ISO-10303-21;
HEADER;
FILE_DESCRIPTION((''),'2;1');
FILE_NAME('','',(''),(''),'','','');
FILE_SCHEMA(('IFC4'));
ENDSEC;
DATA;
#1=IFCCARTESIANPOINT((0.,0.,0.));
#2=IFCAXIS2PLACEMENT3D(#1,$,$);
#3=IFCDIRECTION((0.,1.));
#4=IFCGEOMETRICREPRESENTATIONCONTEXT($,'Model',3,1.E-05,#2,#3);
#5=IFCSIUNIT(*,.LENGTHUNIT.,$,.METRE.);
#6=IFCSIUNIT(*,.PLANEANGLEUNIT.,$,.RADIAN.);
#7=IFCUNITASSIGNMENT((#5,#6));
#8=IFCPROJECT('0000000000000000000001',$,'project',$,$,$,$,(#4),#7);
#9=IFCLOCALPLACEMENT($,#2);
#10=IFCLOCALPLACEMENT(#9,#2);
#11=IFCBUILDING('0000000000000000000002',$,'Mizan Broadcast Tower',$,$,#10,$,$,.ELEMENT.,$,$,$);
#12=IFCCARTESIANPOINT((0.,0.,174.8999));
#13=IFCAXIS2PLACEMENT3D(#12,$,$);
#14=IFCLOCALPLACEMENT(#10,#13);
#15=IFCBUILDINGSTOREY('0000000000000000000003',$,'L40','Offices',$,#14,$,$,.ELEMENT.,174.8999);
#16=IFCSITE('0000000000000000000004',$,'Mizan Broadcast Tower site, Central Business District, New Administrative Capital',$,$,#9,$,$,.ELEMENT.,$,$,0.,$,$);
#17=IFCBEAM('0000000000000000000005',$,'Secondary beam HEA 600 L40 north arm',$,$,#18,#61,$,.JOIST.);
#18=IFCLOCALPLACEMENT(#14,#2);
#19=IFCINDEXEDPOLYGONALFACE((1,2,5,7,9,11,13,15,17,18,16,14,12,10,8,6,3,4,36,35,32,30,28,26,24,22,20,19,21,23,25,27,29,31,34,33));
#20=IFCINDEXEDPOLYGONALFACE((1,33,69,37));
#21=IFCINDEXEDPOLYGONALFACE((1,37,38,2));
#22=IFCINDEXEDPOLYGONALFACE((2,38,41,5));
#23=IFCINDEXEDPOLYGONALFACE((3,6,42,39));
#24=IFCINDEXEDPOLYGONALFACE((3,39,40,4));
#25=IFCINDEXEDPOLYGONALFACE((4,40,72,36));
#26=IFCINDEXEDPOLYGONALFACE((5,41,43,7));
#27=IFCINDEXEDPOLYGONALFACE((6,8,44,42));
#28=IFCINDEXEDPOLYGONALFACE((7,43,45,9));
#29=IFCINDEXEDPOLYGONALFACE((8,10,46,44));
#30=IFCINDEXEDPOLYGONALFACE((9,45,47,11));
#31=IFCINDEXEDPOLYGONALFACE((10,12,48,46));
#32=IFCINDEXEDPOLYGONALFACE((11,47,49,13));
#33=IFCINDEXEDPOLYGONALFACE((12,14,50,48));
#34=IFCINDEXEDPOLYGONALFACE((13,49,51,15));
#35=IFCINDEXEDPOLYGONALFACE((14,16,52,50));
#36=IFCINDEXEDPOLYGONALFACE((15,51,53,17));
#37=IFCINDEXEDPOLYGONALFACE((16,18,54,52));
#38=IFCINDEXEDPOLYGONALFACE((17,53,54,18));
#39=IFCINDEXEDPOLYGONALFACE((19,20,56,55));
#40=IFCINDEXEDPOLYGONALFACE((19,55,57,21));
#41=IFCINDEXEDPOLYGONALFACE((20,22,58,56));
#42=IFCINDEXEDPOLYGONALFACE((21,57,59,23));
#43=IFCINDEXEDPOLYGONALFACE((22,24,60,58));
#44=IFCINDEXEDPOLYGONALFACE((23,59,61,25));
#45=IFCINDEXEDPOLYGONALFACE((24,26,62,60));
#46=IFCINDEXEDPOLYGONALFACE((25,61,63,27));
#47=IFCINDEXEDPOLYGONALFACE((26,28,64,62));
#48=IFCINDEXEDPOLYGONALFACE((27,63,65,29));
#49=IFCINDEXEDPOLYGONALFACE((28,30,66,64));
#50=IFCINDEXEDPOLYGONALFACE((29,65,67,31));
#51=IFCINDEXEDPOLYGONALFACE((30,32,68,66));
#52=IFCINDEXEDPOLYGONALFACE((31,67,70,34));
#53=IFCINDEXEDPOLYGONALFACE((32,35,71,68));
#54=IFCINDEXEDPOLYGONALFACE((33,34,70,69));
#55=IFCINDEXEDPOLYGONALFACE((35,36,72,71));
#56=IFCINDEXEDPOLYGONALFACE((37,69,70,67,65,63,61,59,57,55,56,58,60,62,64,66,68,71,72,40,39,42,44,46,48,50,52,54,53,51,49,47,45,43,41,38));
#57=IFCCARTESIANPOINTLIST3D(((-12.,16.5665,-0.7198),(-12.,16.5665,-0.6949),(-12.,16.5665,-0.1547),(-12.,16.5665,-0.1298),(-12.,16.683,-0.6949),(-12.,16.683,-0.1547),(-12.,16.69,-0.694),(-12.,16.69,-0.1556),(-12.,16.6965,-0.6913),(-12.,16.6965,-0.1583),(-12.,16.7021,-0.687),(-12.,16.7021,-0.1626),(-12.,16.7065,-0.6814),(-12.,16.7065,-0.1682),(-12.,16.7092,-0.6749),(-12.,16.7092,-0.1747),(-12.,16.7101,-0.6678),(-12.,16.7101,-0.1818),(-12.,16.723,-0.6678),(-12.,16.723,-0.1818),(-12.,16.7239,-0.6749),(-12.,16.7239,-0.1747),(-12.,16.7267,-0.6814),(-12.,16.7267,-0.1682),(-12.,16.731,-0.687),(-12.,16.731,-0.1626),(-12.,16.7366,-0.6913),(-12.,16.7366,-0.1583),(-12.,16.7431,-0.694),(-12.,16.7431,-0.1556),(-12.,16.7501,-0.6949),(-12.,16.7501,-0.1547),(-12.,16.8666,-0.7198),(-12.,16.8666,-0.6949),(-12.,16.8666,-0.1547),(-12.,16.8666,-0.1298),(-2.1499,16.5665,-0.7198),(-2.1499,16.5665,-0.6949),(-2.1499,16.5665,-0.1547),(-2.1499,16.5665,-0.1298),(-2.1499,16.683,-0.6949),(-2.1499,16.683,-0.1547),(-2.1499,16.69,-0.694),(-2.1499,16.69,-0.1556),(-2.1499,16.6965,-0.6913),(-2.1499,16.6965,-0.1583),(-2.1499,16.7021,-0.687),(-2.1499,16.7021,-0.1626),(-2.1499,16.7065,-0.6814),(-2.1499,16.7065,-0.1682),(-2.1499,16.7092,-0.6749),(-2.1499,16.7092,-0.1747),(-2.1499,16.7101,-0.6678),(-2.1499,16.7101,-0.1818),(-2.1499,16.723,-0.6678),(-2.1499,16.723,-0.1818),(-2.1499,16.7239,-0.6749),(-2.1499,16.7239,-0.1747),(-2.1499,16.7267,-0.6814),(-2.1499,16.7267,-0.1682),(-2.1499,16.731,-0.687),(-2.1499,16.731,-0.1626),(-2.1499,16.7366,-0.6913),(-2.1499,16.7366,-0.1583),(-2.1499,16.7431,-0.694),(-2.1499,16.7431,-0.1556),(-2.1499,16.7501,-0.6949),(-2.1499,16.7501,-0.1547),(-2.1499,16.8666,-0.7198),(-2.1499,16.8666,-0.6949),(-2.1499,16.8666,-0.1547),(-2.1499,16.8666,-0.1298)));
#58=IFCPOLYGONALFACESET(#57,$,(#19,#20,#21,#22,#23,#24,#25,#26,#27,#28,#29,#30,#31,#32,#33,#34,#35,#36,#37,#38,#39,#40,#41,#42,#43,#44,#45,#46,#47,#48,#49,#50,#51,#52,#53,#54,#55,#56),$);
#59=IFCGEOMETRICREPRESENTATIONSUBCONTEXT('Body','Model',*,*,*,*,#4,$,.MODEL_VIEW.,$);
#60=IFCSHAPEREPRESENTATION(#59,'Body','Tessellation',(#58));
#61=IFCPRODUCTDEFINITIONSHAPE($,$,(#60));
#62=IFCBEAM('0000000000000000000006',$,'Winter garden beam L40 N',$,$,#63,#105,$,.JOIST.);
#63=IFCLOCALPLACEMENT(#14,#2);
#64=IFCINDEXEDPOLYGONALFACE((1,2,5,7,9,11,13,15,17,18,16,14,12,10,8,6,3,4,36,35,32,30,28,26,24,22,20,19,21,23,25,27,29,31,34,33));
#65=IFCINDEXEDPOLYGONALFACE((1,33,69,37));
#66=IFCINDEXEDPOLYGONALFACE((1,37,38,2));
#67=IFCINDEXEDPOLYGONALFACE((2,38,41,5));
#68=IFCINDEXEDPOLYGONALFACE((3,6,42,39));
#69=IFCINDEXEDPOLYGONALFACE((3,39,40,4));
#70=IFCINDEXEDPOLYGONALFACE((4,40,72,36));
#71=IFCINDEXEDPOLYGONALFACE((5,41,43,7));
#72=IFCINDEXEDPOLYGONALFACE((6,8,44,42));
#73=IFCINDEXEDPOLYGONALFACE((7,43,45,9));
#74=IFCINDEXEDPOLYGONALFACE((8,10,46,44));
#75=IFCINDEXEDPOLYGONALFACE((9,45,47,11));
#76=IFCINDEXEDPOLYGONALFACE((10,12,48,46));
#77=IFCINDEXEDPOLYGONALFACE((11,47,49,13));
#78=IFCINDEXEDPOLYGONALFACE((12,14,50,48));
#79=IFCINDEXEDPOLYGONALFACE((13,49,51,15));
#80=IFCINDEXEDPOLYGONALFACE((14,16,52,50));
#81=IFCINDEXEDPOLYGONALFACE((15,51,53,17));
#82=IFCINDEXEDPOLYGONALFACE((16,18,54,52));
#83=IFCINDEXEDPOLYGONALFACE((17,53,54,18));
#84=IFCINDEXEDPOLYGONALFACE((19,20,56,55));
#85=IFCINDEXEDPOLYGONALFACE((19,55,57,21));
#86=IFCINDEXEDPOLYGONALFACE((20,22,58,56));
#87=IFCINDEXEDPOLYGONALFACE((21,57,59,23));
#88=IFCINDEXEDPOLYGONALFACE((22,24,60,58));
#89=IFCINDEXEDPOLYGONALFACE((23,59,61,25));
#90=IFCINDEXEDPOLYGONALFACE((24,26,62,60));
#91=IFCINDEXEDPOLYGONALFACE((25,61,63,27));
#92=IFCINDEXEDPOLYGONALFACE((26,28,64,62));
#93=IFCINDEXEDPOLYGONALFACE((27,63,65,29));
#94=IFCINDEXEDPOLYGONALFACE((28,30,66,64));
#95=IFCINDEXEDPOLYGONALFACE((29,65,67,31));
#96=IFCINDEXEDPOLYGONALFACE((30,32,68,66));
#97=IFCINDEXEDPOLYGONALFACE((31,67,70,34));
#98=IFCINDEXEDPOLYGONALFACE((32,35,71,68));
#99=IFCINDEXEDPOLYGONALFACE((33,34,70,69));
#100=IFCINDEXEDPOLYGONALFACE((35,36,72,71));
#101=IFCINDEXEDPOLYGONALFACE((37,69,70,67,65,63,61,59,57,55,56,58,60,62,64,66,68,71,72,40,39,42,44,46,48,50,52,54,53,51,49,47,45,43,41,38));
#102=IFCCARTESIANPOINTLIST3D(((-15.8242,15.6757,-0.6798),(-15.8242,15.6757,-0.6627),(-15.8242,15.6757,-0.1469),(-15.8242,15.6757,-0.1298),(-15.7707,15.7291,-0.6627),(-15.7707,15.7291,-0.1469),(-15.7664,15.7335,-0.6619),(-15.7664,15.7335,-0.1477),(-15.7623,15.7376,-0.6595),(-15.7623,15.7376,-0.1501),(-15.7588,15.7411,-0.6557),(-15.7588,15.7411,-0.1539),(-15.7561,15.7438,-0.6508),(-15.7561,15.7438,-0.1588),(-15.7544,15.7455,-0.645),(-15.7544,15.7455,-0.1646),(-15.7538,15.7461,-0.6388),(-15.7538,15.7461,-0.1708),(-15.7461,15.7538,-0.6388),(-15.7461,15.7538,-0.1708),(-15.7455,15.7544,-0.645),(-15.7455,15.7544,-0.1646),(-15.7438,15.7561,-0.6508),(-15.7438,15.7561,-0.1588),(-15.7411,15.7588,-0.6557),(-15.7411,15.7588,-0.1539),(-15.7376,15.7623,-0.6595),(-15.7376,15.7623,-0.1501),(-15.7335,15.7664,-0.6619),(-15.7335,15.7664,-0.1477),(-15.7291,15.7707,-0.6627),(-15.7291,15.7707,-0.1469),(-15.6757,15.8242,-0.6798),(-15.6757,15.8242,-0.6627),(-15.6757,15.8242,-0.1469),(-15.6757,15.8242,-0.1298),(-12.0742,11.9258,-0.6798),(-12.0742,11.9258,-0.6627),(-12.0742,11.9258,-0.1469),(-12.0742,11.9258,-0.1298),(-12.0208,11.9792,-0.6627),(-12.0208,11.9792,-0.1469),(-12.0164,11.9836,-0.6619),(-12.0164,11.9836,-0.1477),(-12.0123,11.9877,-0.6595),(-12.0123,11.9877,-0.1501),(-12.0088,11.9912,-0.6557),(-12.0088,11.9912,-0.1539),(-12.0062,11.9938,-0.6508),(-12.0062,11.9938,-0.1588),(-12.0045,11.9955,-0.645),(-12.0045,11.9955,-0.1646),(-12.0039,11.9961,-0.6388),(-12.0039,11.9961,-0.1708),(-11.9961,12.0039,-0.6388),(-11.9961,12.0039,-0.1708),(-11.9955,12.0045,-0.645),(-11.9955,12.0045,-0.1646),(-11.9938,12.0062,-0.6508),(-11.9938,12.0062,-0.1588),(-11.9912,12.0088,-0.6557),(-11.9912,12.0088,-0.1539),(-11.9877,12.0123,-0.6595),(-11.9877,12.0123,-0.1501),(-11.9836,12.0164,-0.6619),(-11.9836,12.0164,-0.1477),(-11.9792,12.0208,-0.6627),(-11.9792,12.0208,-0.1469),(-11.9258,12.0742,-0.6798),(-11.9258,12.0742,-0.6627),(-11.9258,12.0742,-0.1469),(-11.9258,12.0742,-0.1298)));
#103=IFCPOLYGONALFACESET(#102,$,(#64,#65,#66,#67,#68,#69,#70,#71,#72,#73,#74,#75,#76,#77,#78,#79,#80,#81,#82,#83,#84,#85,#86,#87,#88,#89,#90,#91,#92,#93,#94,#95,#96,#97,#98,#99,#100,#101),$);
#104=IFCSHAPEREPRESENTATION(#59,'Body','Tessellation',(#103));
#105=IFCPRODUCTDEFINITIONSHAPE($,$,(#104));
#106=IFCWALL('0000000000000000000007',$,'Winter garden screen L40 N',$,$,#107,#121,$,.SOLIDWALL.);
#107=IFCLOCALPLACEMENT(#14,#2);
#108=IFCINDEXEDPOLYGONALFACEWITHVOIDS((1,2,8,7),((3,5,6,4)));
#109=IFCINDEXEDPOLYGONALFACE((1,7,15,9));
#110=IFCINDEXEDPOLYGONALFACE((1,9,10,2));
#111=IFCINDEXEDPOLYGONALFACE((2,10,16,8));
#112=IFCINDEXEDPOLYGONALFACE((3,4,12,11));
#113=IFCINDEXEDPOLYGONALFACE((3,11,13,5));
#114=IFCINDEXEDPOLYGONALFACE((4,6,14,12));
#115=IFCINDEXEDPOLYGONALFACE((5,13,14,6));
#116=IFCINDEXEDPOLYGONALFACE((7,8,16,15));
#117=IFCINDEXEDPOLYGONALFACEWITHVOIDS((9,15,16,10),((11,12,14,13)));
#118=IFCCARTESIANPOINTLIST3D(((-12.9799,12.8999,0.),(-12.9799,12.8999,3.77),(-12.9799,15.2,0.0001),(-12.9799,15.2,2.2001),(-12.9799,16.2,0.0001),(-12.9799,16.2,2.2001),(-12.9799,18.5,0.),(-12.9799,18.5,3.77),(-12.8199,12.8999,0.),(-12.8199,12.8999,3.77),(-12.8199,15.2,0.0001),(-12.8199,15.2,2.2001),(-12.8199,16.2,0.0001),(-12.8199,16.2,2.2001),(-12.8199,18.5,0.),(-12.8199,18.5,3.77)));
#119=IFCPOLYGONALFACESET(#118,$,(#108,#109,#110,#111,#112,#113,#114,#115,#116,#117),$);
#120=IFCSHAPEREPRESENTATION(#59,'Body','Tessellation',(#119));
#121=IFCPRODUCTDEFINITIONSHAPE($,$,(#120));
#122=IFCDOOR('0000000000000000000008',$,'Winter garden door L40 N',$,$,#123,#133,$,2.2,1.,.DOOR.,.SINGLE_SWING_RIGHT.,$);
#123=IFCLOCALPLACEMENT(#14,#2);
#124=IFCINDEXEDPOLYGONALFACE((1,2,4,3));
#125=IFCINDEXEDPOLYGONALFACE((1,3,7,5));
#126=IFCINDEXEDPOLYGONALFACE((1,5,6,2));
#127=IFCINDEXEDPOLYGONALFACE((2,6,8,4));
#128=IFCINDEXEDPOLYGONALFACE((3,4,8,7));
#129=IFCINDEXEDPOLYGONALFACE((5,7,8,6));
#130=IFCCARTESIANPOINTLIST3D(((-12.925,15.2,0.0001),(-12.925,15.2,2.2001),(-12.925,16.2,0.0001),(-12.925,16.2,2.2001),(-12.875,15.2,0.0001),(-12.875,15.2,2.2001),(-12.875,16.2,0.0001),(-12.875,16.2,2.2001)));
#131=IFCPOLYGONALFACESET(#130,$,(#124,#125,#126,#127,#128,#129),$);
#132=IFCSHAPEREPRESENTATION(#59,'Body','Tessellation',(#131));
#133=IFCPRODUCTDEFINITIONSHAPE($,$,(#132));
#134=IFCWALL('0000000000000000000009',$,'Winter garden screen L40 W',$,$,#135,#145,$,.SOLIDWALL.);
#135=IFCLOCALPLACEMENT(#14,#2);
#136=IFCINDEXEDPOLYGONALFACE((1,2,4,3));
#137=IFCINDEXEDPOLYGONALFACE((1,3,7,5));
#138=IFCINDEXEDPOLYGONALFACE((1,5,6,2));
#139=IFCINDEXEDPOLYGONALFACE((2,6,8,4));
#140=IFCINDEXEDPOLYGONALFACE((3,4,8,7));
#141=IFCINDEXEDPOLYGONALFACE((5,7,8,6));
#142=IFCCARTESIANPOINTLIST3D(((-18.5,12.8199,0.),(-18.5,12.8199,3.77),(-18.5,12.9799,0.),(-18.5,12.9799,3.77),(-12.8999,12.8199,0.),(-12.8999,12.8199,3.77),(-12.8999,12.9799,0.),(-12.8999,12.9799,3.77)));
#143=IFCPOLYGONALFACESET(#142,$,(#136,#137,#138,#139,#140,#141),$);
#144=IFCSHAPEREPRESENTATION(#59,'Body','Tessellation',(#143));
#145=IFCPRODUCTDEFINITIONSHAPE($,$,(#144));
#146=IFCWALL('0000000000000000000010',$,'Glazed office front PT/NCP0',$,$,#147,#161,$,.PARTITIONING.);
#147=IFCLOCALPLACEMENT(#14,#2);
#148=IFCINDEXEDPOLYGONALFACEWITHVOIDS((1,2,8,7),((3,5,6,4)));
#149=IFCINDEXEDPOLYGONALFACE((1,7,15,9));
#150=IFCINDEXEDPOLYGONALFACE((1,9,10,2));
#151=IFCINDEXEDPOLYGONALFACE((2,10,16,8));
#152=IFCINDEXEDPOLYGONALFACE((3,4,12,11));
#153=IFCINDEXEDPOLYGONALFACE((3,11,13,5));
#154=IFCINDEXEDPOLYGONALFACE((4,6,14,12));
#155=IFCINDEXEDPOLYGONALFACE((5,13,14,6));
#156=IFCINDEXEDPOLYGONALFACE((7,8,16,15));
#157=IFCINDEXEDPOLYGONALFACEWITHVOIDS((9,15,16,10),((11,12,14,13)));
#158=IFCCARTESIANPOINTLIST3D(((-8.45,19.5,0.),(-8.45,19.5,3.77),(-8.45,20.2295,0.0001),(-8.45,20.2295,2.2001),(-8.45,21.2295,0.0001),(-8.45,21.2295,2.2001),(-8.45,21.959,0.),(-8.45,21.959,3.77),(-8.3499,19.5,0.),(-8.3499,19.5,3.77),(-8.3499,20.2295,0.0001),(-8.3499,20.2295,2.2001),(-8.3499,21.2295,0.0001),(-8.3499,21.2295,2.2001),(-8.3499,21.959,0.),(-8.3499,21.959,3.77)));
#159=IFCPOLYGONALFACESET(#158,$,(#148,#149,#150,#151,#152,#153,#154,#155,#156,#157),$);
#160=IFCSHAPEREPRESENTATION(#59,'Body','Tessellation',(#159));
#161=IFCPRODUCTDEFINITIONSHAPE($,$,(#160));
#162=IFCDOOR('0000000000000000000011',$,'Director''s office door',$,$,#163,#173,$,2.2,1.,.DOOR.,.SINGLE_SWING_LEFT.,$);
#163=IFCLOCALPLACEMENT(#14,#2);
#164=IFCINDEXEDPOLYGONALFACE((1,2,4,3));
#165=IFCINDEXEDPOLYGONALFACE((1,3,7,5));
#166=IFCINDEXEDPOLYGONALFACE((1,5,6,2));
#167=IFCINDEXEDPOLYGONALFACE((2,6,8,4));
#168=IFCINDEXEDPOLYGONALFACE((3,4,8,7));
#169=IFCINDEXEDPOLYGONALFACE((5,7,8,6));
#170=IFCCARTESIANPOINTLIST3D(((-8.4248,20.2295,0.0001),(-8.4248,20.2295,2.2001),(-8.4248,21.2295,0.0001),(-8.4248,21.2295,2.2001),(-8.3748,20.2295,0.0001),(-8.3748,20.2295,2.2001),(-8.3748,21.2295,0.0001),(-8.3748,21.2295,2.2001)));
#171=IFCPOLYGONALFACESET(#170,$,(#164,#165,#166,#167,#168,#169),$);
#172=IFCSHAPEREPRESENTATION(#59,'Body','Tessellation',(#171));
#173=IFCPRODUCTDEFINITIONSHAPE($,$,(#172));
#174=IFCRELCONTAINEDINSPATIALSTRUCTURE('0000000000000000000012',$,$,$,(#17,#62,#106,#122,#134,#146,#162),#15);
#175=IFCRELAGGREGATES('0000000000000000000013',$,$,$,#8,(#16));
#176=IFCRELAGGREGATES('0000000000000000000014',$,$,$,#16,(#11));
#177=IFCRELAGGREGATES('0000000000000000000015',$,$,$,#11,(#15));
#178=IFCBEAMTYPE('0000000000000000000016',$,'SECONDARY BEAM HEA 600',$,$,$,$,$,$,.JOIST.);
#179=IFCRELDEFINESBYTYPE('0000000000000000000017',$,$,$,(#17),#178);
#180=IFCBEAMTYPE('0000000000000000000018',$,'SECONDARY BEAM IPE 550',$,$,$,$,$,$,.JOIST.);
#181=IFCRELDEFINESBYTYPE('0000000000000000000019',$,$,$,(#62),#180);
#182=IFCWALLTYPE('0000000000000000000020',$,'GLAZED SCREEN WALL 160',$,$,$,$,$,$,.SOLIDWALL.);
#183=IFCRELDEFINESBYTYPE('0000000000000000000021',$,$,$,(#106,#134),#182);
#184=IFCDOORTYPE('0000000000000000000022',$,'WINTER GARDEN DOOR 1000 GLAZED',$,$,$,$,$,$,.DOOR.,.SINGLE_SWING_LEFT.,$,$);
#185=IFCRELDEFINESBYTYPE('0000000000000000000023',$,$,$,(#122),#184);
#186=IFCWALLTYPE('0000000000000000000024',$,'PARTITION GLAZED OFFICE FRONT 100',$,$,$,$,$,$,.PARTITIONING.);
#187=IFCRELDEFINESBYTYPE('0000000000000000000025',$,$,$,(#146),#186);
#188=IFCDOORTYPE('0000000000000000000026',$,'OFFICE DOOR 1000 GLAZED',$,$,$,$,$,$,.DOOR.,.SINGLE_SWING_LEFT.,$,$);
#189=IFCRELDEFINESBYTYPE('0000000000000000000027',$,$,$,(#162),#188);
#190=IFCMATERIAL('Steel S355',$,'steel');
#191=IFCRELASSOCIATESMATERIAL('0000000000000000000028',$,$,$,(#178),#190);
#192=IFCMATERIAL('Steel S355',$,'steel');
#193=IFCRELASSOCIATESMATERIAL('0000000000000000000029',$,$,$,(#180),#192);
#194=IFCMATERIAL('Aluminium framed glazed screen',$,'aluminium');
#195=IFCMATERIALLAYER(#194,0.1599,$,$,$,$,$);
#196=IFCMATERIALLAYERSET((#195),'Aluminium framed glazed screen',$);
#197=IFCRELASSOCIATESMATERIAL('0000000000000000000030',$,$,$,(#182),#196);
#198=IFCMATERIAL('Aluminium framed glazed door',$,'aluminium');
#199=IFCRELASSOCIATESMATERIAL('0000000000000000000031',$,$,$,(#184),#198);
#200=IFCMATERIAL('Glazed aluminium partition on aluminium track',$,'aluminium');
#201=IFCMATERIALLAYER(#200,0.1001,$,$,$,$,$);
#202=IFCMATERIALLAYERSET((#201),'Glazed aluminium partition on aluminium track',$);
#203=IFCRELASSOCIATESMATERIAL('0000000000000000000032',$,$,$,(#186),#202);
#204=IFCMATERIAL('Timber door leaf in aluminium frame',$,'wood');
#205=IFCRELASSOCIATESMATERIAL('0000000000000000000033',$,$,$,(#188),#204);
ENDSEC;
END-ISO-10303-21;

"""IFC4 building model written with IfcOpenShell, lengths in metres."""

from ifc_helpers import new_model, si_unit, direction, frame, frame_2d, origin, origin_2d, place, context, subcontext, project, spatial, rectangle, i_section, extrude, material, layer, layer_set, material_profile, profile_set, type_object, element, fill, save


model = new_model("IFC4")

# Units and contexts
model_context = context("Model", 3, precision=1e-05, world=origin(), true_north=direction((0.0, 1.0)))
body_context = subcontext(model_context, "Body", "Model", "MODEL_VIEW")
ifc_project = project(units=[si_unit("LENGTHUNIT", "METRE"), si_unit("PLANEANGLEUNIT", "RADIAN")], contexts=[model_context])

# Site, building, storey
site_placement = place(None, origin())
site = spatial("IfcSite", under=ifc_project, at=site_placement, Name="Mizan Broadcast Tower site, Central Business District, New Administrative Capital", CompositionType="ELEMENT", RefElevation=0.0)
building_placement = place(site_placement, origin())
building = spatial("IfcBuilding", under=site, at=building_placement, Name="Mizan Broadcast Tower", CompositionType="ELEMENT")
storey_placement = place(building_placement, frame((0.0, 0.0, 174.8999)))
storey = spatial("IfcBuildingStorey", under=building, at=storey_placement, Name="L40", Description="Offices", CompositionType="ELEMENT", Elevation=174.8999)

# Beams
ifc_material_1 = material(Name="Steel S355", Category="steel")
ifc_material_profile_1 = material_profile(ifc_material_1, i_section(OverallWidth=0.3, OverallDepth=0.5901, WebThickness=0.0129, FlangeThickness=0.0249, FilletRadius=0.0271, at=origin_2d()), Name="HEA 600")
ifc_profile_set_1 = profile_set([ifc_material_profile_1], Name="Steel S355")
beam_type_1 = type_object("IfcBeamType", Name="SECONDARY BEAM HEA 600", PredefinedType="JOIST", material=ifc_profile_set_1)
for number, where, z_axis, x_axis, name in (
    (1, (-12.0, 16.7166, -0.4248), (1.0, 0.0, 0.0), (0.0, 1.0, 0.0), "Secondary beam HEA 600 L40 north arm"),
):
    element("IfcBeam", number, at=place(storey_placement, frame(where, z_axis=z_axis, x_axis=x_axis)), inside=storey, type_object=beam_type_1, Name=name, PredefinedType="JOIST", context=body_context, shape_type="SweptSolid", body=[
        extrude(i_section(OverallWidth=0.3, OverallDepth=0.5901, WebThickness=0.0129, FlangeThickness=0.0249, FilletRadius=0.0271, at=origin_2d()), origin(), (0.0, 0.0, 1.0), 9.8501),
    ])
ifc_material_2 = material(Name="Steel S355", Category="steel")
ifc_material_profile_2 = material_profile(ifc_material_2, i_section(OverallWidth=0.21, OverallDepth=0.55, WebThickness=0.011, FlangeThickness=0.0171, FilletRadius=0.0239, at=origin_2d()), Name="IPE 550")
ifc_profile_set_2 = profile_set([ifc_material_profile_2], Name="Steel S355")
beam_type_2 = type_object("IfcBeamType", Name="SECONDARY BEAM IPE 550", PredefinedType="JOIST", material=ifc_profile_set_2)
beam_1_placement = place(storey_placement, frame((-12.0, 12.0, -0.4048), z_axis=(-0.707107, 0.707107, 0.0), x_axis=(-0.707107, -0.707107, 0.0)))
element("IfcBeam", 2, at=beam_1_placement, inside=storey, type_object=beam_type_2, Name="Winter garden beam L40 N", PredefinedType="JOIST", context=body_context, shape_type="SweptSolid", body=[
    extrude(i_section(OverallWidth=0.21, OverallDepth=0.55, WebThickness=0.011, FlangeThickness=0.0171, FilletRadius=0.0239, at=origin_2d()), origin(), (0.0, 0.0, 1.0), 5.3032),
])

# Wall, opening, door
ifc_material_3 = material(Name="Aluminium framed glazed screen", Category="aluminium")
ifc_layer_1 = layer(ifc_material_3, 0.1599)
ifc_layer_set_1 = layer_set([ifc_layer_1], Name="Aluminium framed glazed screen")
wall_type_1 = type_object("IfcWallType", Name="GLAZED SCREEN WALL 160", PredefinedType="SOLIDWALL", material=ifc_layer_set_1)
wall_1_placement = place(storey_placement, frame((-12.8999, 18.5, 0.0), z_axis=(0.0, 0.0, 1.0), x_axis=(0.0, -1.0, 0.0)))
wall_1 = element("IfcWall", 3, at=wall_1_placement, inside=storey, type_object=wall_type_1, Name="Winter garden screen L40 N", PredefinedType="SOLIDWALL", context=body_context, shape_type="SweptSolid", body=[
    extrude(rectangle(XDim=5.6001, YDim=0.1599, at=frame_2d((2.8, 0.0))), origin(), (0.0, 0.0, 1.0), 3.77),
])
opening_1_placement = place(wall_1_placement, frame((2.3, 0.0, 0.0)))
opening_1 = element("IfcOpeningElement", 4, at=opening_1_placement, cuts=wall_1, PredefinedType="OPENING", context=body_context, shape_type="SweptSolid", body=[
    extrude(rectangle(XDim=1.0, YDim=2.2, at=frame_2d((0.5, 1.1001))), frame((0.0, 0.0898, 0.0), z_axis=(0.0, -1.0, 0.0), x_axis=(1.0, 0.0, 0.0)), (0.0, 0.0, 1.0), 0.1799),
])
ifc_material_4 = material(Name="Aluminium framed glazed door", Category="aluminium")
door_type_1 = type_object("IfcDoorType", Name="WINTER GARDEN DOOR 1000 GLAZED", OperationType="SINGLE_SWING_LEFT", PredefinedType="DOOR", material=ifc_material_4)
door_1_placement = place(opening_1_placement, origin())
door_1 = element("IfcDoor", 5, at=door_1_placement, inside=storey, type_object=door_type_1, Name="Winter garden door L40 N", OperationType="SINGLE_SWING_RIGHT", OverallHeight=2.2, OverallWidth=1.0, PredefinedType="DOOR", context=body_context, shape_type="SweptSolid", body=[
    extrude(rectangle(XDim=1.0, YDim=2.2, at=frame_2d((0.5, 1.1001))), frame((0.0, 0.0249, 0.0), z_axis=(0.0, -1.0, 0.0), x_axis=(1.0, 0.0, 0.0)), (0.0, 0.0, 1.0), 0.05),
])
fill(opening_1, door_1)

# Wall
wall_2_placement = place(storey_placement, frame((-12.8999, 12.8999, 0.0), z_axis=(0.0, 0.0, 1.0), x_axis=(-1.0, 0.0, 0.0)))
element("IfcWall", 6, at=wall_2_placement, inside=storey, type_object=wall_type_1, Name="Winter garden screen L40 W", PredefinedType="SOLIDWALL", context=body_context, shape_type="SweptSolid", body=[
    extrude(rectangle(XDim=5.6001, YDim=0.1599, at=frame_2d((2.8, 0.0))), origin(), (0.0, 0.0, 1.0), 3.77),
])

# Wall, opening, door
ifc_material_5 = material(Name="Glazed aluminium partition on aluminium track", Category="aluminium")
ifc_layer_2 = layer(ifc_material_5, 0.1001)
ifc_layer_set_2 = layer_set([ifc_layer_2], Name="Glazed aluminium partition on aluminium track")
wall_type_2 = type_object("IfcWallType", Name="PARTITION GLAZED OFFICE FRONT 100", PredefinedType="PARTITIONING", material=ifc_layer_set_2)
wall_3_placement = place(storey_placement, frame((-8.3999, 19.5, 0.0), z_axis=(0.0, 0.0, 1.0), x_axis=(0.0, 1.0, 0.0)))
wall_3 = element("IfcWall", 7, at=wall_3_placement, inside=storey, type_object=wall_type_2, Name="Glazed office front PT/NCP0", PredefinedType="PARTITIONING", context=body_context, shape_type="SweptSolid", body=[
    extrude(rectangle(XDim=2.459, YDim=0.1001, at=frame_2d((1.2295, 0.0))), origin(), (0.0, 0.0, 1.0), 3.77),
])
opening_2_placement = place(wall_3_placement, frame((0.7295, 0.0, 0.0)))
opening_2 = element("IfcOpeningElement", 8, at=opening_2_placement, cuts=wall_3, PredefinedType="OPENING", context=body_context, shape_type="SweptSolid", body=[
    extrude(rectangle(XDim=1.0, YDim=2.2, at=frame_2d((0.5, 1.1001))), frame((0.0, 0.0601, 0.0), z_axis=(0.0, -1.0, 0.0), x_axis=(1.0, 0.0, 0.0)), (0.0, 0.0, 1.0), 0.1201),
])
ifc_material_6 = material(Name="Timber door leaf in aluminium frame", Category="wood")
door_type_2 = type_object("IfcDoorType", Name="OFFICE DOOR 1000 GLAZED", OperationType="SINGLE_SWING_LEFT", PredefinedType="DOOR", material=ifc_material_6)
door_2_placement = place(opening_2_placement, origin())
door_2 = element("IfcDoor", 9, at=door_2_placement, inside=storey, type_object=door_type_2, Name="Director's office door", OperationType="SINGLE_SWING_LEFT", OverallHeight=2.2, OverallWidth=1.0, PredefinedType="DOOR", context=body_context, shape_type="SweptSolid", body=[
    extrude(rectangle(XDim=1.0, YDim=2.2, at=frame_2d((0.5, 1.1001))), frame((0.0, 0.0249, 0.0), z_axis=(0.0, -1.0, 0.0), x_axis=(1.0, 0.0, 0.0)), (0.0, 0.0, 1.0), 0.05),
])
fill(opening_2, door_2)

save(model, "model.ifc")
